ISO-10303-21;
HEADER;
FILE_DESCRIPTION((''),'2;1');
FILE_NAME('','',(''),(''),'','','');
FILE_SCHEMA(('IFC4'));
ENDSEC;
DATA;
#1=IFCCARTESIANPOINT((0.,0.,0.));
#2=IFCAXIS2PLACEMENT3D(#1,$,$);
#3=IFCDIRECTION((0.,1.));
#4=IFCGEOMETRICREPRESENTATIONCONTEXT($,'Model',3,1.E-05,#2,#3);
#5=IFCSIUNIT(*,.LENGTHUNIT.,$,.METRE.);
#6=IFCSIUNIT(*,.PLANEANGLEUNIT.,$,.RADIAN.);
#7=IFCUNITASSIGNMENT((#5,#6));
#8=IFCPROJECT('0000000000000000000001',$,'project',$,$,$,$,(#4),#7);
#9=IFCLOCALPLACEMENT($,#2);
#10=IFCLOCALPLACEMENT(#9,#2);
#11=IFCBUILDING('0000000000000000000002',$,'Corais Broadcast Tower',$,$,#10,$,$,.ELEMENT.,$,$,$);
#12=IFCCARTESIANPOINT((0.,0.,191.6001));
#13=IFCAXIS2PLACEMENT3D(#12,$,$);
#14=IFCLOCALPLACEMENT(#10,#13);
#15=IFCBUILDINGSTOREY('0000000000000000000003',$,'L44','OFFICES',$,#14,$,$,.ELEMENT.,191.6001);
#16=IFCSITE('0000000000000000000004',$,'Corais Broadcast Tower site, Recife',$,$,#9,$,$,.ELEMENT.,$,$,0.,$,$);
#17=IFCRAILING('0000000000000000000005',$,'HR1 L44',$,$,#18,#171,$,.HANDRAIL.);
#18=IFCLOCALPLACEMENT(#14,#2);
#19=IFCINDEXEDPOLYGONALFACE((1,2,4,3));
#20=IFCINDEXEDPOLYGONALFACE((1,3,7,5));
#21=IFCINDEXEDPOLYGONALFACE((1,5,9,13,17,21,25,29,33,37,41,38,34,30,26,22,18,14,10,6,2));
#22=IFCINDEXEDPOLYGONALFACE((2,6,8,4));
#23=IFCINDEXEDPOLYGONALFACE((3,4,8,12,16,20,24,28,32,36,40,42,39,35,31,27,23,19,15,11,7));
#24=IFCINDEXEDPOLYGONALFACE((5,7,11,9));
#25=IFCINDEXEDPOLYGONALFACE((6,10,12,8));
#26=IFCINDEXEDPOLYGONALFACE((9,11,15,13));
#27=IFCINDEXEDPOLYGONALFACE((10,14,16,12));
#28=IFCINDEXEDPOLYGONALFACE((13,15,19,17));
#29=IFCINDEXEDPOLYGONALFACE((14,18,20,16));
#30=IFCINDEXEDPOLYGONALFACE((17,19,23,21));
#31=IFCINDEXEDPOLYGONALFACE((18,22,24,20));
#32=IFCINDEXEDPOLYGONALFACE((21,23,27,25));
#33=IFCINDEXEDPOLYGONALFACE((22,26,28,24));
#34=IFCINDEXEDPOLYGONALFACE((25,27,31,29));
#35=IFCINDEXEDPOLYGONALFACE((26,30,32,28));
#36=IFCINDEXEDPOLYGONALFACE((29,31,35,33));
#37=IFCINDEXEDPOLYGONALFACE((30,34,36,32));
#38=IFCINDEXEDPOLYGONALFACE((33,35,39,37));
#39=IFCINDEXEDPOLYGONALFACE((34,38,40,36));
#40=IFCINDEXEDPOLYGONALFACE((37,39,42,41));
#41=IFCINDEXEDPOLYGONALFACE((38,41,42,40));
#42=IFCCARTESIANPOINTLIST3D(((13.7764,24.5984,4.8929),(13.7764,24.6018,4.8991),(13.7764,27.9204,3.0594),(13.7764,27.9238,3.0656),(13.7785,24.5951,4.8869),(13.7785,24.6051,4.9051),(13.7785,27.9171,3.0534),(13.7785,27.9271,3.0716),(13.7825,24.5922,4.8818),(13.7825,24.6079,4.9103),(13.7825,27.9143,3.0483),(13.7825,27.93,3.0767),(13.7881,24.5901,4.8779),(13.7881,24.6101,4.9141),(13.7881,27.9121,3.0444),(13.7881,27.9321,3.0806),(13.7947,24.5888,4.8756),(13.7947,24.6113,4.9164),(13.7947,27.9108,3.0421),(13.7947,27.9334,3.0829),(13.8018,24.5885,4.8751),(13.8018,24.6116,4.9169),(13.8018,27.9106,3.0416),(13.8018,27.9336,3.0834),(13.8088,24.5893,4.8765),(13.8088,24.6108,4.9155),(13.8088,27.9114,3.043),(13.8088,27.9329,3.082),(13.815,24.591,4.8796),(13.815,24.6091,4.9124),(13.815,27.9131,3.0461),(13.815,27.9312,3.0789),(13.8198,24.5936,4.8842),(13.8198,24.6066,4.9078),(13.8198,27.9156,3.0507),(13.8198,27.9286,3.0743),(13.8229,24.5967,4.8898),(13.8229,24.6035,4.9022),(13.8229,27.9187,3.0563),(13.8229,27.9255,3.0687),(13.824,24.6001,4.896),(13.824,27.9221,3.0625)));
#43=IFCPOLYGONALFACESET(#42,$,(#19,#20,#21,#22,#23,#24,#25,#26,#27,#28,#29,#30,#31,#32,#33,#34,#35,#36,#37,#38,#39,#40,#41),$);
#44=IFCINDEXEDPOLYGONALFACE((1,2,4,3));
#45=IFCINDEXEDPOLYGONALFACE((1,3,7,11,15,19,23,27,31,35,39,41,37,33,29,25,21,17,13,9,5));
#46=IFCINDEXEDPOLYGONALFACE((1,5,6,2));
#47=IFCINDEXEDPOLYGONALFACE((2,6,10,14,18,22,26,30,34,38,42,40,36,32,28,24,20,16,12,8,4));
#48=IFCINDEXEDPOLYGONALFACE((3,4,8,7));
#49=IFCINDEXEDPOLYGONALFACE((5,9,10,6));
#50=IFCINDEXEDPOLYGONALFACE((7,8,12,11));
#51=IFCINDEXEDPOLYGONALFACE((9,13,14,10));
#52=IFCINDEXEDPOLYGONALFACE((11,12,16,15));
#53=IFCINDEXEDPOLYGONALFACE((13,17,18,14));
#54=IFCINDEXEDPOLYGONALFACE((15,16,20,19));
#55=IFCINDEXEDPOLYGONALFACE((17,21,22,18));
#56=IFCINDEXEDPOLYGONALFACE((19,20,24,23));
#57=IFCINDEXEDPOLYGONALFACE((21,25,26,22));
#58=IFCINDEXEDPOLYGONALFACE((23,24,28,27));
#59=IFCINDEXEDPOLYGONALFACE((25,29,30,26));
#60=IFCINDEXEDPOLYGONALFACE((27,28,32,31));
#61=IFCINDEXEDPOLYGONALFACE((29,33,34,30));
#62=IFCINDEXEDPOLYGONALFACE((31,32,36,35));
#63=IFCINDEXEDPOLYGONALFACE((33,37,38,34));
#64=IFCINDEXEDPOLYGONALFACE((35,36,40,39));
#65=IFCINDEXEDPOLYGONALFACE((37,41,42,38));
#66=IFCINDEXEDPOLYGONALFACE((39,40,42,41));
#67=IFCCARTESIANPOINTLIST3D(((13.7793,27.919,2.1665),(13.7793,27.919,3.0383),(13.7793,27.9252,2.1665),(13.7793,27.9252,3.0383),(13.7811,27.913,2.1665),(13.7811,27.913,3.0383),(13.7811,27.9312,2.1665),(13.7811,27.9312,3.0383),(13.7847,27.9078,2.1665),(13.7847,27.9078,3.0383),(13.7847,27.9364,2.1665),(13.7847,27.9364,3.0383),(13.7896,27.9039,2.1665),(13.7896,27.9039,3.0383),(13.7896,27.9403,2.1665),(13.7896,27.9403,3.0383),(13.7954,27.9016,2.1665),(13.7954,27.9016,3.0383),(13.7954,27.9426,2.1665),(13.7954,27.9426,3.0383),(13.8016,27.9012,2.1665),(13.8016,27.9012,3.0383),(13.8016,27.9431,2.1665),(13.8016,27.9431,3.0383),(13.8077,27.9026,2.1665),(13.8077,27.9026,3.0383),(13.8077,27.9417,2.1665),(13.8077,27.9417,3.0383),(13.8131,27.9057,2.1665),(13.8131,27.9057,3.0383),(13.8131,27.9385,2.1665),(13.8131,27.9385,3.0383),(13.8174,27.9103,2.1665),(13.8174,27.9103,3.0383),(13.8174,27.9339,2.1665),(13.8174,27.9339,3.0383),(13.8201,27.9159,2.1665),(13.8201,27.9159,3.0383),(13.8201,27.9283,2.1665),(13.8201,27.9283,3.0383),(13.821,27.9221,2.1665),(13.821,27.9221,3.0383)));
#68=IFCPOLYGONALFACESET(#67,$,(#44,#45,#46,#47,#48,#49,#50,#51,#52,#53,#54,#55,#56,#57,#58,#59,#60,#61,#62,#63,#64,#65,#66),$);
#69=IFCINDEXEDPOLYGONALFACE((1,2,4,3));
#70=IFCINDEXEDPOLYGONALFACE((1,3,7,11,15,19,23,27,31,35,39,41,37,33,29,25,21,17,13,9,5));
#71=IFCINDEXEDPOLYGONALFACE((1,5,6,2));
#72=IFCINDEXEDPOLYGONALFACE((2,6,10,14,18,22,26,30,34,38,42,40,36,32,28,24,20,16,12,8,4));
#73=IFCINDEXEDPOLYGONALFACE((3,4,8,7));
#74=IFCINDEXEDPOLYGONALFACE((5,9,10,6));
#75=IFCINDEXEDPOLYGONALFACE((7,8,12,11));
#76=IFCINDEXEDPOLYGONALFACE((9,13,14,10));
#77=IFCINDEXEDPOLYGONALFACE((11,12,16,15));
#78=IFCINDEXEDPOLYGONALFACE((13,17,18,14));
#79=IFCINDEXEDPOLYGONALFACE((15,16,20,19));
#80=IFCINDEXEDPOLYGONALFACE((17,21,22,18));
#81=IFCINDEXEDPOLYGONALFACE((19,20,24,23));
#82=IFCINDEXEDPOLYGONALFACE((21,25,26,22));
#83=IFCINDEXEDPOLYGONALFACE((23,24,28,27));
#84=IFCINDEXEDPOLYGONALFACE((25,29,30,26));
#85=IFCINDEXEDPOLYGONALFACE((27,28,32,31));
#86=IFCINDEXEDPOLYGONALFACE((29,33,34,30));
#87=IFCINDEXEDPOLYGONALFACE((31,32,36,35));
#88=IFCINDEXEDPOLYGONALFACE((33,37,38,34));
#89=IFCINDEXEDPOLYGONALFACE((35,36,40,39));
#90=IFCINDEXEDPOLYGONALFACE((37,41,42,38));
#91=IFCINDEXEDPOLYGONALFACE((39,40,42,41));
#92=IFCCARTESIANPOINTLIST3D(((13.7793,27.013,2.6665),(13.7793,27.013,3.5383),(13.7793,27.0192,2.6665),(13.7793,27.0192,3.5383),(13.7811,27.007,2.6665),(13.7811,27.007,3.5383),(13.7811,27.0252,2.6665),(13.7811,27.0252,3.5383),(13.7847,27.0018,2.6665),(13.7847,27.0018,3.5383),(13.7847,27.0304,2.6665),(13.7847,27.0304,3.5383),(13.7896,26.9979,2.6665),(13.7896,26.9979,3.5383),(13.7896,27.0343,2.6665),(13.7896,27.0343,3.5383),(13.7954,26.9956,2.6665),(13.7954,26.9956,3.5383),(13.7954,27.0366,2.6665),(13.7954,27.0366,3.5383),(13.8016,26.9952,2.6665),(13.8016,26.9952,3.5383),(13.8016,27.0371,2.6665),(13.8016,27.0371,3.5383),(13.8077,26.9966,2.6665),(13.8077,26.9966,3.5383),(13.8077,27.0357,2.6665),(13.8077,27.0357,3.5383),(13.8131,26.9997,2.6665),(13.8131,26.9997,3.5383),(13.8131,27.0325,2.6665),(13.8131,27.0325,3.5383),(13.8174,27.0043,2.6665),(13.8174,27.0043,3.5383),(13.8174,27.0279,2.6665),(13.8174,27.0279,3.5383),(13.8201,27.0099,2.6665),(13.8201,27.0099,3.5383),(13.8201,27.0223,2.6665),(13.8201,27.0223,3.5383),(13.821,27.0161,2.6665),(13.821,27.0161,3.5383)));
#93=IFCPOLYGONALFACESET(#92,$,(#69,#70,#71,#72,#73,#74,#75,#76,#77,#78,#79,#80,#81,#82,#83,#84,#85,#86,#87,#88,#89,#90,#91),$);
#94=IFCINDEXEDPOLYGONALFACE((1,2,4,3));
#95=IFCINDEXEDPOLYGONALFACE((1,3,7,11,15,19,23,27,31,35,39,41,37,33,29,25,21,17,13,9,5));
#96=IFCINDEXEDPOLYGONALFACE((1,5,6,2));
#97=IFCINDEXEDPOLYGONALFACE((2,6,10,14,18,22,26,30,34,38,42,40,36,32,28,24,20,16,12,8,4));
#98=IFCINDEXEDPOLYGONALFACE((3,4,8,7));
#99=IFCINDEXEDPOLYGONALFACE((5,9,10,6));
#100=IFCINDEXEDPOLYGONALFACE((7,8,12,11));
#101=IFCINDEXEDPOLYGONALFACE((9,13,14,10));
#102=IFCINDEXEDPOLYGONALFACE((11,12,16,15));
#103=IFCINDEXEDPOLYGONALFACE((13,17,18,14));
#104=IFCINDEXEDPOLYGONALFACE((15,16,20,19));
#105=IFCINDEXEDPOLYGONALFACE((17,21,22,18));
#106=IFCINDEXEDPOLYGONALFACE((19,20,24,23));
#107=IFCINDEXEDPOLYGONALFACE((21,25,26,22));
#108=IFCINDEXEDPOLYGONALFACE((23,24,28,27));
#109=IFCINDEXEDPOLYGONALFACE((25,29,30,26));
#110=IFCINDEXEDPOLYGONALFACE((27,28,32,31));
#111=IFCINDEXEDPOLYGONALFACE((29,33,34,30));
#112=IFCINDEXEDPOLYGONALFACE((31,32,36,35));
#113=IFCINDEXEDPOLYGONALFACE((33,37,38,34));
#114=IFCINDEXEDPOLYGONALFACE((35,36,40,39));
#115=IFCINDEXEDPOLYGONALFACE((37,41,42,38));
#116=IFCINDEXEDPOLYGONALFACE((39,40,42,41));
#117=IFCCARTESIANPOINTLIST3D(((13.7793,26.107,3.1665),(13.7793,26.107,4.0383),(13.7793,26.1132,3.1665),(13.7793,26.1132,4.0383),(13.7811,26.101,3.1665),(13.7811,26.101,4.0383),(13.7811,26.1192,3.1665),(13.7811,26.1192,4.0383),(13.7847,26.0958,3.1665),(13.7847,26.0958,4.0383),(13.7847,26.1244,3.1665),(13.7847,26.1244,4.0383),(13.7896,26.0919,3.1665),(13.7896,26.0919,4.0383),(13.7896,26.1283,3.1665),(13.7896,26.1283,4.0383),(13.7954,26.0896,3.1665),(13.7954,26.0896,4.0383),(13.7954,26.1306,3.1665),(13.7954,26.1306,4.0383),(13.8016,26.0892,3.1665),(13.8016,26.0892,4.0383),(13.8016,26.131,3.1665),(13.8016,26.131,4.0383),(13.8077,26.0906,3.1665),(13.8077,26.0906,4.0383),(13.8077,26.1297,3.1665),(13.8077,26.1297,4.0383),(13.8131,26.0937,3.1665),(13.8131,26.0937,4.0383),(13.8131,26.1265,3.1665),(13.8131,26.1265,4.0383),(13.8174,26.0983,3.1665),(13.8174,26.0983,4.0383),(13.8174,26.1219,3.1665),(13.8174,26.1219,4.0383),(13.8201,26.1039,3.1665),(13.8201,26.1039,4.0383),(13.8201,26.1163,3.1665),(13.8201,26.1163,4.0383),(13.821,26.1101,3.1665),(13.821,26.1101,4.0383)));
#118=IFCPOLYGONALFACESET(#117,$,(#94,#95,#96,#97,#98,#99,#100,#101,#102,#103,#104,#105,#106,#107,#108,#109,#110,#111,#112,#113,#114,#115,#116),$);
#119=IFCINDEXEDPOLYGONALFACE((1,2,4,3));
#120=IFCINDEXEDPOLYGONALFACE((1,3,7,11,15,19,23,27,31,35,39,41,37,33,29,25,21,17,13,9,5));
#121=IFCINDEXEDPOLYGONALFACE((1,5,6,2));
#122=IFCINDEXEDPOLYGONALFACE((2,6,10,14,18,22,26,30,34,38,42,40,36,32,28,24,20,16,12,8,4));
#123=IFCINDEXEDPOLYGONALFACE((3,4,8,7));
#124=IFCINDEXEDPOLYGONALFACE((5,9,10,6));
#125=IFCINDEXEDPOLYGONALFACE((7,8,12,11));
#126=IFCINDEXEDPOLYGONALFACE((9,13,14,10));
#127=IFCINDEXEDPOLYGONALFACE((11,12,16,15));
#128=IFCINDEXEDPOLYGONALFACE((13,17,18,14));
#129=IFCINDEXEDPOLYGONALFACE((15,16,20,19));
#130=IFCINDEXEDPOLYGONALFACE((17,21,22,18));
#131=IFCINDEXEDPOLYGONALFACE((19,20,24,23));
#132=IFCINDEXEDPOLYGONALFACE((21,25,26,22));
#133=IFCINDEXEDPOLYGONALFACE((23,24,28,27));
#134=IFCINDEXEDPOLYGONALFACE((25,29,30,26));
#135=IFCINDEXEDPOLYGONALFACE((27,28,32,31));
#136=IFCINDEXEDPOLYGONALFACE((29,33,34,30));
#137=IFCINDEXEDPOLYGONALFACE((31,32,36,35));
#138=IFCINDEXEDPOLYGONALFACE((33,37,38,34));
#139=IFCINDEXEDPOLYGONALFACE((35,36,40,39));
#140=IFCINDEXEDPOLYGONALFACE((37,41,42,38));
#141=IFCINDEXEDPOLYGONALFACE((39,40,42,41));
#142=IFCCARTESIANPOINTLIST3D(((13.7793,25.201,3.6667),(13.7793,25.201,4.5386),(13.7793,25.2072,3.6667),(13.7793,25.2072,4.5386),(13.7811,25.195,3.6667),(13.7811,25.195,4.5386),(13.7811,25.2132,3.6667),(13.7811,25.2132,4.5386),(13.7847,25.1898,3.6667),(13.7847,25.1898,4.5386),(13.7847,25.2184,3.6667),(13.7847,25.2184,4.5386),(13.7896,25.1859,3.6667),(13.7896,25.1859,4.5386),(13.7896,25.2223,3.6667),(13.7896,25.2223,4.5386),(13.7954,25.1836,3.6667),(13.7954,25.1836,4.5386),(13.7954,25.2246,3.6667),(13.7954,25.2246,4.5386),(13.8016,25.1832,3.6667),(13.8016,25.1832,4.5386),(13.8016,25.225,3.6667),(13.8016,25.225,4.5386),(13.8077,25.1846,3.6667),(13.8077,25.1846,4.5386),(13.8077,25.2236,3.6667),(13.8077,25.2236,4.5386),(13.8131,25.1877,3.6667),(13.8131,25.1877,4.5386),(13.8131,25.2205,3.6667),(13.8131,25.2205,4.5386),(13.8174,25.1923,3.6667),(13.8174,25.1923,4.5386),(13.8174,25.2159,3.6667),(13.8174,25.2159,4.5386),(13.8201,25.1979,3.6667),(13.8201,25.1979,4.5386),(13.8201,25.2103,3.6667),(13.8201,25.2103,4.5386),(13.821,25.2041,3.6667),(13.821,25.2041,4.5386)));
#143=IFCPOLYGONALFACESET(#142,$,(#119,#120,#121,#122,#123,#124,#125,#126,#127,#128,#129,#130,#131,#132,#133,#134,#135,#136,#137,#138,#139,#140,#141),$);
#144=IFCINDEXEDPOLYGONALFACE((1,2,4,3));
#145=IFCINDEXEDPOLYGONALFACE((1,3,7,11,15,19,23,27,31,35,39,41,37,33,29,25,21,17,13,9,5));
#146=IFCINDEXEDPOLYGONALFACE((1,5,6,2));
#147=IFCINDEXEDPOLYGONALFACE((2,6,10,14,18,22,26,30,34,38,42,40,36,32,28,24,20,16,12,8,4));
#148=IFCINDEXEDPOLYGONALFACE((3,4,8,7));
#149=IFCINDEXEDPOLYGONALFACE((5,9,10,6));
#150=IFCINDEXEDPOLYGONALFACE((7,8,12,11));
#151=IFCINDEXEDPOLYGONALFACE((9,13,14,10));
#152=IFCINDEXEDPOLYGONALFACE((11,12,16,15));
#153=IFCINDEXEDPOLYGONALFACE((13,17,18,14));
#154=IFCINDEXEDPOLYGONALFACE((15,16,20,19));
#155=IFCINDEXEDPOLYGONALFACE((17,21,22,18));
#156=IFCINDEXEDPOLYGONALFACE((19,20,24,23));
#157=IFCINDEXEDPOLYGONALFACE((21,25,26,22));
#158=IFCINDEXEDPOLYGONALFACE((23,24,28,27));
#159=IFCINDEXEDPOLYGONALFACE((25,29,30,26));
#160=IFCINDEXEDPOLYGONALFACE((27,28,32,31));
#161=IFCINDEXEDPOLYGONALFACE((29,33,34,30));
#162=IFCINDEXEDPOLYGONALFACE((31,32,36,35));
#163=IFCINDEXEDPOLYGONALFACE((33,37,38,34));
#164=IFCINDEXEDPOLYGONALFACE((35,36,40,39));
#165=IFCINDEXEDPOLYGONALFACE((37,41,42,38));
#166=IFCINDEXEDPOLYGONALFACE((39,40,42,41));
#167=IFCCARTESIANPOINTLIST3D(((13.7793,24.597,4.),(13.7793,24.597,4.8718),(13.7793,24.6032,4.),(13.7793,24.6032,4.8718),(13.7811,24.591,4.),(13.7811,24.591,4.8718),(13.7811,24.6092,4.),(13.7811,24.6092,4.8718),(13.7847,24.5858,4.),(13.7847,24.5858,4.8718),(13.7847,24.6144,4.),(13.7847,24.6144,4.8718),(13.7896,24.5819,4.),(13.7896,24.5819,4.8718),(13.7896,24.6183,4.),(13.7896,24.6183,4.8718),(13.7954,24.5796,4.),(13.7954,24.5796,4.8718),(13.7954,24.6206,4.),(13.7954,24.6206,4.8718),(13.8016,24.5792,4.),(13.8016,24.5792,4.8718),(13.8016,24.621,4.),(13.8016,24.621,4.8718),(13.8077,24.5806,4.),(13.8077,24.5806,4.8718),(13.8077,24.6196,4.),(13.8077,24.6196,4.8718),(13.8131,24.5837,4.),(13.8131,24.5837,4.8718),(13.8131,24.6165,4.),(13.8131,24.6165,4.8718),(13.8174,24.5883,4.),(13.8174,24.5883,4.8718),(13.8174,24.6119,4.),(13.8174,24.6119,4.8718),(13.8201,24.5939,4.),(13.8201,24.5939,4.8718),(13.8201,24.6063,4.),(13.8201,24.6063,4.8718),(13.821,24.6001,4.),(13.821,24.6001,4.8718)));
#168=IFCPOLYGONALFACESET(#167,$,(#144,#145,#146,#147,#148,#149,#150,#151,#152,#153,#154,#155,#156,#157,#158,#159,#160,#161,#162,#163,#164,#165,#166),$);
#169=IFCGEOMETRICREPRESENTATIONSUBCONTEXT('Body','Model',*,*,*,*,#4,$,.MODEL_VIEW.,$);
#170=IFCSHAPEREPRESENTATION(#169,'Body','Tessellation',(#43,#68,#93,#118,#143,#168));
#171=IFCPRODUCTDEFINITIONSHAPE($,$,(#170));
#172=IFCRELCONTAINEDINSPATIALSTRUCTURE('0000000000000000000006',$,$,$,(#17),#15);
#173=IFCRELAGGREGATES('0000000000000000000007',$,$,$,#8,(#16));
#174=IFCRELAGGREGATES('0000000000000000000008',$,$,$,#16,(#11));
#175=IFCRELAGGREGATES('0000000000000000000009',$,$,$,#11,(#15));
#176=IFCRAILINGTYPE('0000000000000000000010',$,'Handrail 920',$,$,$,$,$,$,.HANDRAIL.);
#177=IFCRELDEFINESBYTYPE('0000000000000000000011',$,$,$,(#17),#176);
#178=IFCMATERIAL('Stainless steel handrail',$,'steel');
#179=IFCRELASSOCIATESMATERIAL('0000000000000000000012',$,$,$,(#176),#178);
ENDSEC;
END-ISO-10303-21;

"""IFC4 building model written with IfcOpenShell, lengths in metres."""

from ifc_helpers import new_model, si_unit, direction, frame, origin, origin_2d, place, context, subcontext, project, spatial, circle, extrude, material, type_object, element, save


model = new_model("IFC4")

# Units and contexts
model_context = context("Model", 3, precision=1e-05, world=origin(), true_north=direction((0.0, 1.0)))
body_context = subcontext(model_context, "Body", "Model", "MODEL_VIEW")
ifc_project = project(units=[si_unit("LENGTHUNIT", "METRE"), si_unit("PLANEANGLEUNIT", "RADIAN")], contexts=[model_context])

# Site, building, storey
site_placement = place(None, origin())
site = spatial("IfcSite", under=ifc_project, at=site_placement, Name="Corais Broadcast Tower site, Recife", CompositionType="ELEMENT", RefElevation=0.0)
building_placement = place(site_placement, origin())
building = spatial("IfcBuilding", under=site, at=building_placement, Name="Corais Broadcast Tower", CompositionType="ELEMENT")
storey_placement = place(building_placement, frame((0.0, 0.0, 191.6001)))
storey = spatial("IfcBuildingStorey", under=building, at=storey_placement, Name="L44", Description="OFFICES", CompositionType="ELEMENT", Elevation=191.6001)

# Railing
ifc_material_1 = material(Name="Stainless steel handrail", Category="steel")
railing_type = type_object("IfcRailingType", Name="Handrail 920", PredefinedType="HANDRAIL", material=ifc_material_1)
for number, where, name in (
    (1, (13.8, 27.9221, 2.1665), "HR1 L44"),
):
    element("IfcRailing", number, at=place(storey_placement, frame(where)), inside=storey, type_object=railing_type, Name=name, PredefinedType="HANDRAIL", context=body_context, shape_type="SweptSolid", body=[
        extrude(circle(Radius=0.0239, at=origin_2d()), frame((0.0, 0.0, 0.896), z_axis=(0.0, -0.875504, 0.48321), x_axis=(1.0, 0.0, 0.0)), (0.0, 0.0, 1.0), 3.7944),
        extrude(circle(Radius=0.021, at=origin_2d()), origin(), (0.0, 0.0, 1.0), 0.8718),
        extrude(circle(Radius=0.021, at=origin_2d()), frame((0.0, -0.906, 0.5)), (0.0, 0.0, 1.0), 0.8718),
        extrude(circle(Radius=0.021, at=origin_2d()), frame((0.0, -1.812, 1.0)), (0.0, 0.0, 1.0), 0.8718),
        extrude(circle(Radius=0.021, at=origin_2d()), frame((0.0, -2.718, 1.5002)), (0.0, 0.0, 1.0), 0.8718),
        extrude(circle(Radius=0.021, at=origin_2d()), frame((0.0, -3.322, 1.8335)), (0.0, 0.0, 1.0), 0.8718),
    ])

save(model, "model.ifc")
